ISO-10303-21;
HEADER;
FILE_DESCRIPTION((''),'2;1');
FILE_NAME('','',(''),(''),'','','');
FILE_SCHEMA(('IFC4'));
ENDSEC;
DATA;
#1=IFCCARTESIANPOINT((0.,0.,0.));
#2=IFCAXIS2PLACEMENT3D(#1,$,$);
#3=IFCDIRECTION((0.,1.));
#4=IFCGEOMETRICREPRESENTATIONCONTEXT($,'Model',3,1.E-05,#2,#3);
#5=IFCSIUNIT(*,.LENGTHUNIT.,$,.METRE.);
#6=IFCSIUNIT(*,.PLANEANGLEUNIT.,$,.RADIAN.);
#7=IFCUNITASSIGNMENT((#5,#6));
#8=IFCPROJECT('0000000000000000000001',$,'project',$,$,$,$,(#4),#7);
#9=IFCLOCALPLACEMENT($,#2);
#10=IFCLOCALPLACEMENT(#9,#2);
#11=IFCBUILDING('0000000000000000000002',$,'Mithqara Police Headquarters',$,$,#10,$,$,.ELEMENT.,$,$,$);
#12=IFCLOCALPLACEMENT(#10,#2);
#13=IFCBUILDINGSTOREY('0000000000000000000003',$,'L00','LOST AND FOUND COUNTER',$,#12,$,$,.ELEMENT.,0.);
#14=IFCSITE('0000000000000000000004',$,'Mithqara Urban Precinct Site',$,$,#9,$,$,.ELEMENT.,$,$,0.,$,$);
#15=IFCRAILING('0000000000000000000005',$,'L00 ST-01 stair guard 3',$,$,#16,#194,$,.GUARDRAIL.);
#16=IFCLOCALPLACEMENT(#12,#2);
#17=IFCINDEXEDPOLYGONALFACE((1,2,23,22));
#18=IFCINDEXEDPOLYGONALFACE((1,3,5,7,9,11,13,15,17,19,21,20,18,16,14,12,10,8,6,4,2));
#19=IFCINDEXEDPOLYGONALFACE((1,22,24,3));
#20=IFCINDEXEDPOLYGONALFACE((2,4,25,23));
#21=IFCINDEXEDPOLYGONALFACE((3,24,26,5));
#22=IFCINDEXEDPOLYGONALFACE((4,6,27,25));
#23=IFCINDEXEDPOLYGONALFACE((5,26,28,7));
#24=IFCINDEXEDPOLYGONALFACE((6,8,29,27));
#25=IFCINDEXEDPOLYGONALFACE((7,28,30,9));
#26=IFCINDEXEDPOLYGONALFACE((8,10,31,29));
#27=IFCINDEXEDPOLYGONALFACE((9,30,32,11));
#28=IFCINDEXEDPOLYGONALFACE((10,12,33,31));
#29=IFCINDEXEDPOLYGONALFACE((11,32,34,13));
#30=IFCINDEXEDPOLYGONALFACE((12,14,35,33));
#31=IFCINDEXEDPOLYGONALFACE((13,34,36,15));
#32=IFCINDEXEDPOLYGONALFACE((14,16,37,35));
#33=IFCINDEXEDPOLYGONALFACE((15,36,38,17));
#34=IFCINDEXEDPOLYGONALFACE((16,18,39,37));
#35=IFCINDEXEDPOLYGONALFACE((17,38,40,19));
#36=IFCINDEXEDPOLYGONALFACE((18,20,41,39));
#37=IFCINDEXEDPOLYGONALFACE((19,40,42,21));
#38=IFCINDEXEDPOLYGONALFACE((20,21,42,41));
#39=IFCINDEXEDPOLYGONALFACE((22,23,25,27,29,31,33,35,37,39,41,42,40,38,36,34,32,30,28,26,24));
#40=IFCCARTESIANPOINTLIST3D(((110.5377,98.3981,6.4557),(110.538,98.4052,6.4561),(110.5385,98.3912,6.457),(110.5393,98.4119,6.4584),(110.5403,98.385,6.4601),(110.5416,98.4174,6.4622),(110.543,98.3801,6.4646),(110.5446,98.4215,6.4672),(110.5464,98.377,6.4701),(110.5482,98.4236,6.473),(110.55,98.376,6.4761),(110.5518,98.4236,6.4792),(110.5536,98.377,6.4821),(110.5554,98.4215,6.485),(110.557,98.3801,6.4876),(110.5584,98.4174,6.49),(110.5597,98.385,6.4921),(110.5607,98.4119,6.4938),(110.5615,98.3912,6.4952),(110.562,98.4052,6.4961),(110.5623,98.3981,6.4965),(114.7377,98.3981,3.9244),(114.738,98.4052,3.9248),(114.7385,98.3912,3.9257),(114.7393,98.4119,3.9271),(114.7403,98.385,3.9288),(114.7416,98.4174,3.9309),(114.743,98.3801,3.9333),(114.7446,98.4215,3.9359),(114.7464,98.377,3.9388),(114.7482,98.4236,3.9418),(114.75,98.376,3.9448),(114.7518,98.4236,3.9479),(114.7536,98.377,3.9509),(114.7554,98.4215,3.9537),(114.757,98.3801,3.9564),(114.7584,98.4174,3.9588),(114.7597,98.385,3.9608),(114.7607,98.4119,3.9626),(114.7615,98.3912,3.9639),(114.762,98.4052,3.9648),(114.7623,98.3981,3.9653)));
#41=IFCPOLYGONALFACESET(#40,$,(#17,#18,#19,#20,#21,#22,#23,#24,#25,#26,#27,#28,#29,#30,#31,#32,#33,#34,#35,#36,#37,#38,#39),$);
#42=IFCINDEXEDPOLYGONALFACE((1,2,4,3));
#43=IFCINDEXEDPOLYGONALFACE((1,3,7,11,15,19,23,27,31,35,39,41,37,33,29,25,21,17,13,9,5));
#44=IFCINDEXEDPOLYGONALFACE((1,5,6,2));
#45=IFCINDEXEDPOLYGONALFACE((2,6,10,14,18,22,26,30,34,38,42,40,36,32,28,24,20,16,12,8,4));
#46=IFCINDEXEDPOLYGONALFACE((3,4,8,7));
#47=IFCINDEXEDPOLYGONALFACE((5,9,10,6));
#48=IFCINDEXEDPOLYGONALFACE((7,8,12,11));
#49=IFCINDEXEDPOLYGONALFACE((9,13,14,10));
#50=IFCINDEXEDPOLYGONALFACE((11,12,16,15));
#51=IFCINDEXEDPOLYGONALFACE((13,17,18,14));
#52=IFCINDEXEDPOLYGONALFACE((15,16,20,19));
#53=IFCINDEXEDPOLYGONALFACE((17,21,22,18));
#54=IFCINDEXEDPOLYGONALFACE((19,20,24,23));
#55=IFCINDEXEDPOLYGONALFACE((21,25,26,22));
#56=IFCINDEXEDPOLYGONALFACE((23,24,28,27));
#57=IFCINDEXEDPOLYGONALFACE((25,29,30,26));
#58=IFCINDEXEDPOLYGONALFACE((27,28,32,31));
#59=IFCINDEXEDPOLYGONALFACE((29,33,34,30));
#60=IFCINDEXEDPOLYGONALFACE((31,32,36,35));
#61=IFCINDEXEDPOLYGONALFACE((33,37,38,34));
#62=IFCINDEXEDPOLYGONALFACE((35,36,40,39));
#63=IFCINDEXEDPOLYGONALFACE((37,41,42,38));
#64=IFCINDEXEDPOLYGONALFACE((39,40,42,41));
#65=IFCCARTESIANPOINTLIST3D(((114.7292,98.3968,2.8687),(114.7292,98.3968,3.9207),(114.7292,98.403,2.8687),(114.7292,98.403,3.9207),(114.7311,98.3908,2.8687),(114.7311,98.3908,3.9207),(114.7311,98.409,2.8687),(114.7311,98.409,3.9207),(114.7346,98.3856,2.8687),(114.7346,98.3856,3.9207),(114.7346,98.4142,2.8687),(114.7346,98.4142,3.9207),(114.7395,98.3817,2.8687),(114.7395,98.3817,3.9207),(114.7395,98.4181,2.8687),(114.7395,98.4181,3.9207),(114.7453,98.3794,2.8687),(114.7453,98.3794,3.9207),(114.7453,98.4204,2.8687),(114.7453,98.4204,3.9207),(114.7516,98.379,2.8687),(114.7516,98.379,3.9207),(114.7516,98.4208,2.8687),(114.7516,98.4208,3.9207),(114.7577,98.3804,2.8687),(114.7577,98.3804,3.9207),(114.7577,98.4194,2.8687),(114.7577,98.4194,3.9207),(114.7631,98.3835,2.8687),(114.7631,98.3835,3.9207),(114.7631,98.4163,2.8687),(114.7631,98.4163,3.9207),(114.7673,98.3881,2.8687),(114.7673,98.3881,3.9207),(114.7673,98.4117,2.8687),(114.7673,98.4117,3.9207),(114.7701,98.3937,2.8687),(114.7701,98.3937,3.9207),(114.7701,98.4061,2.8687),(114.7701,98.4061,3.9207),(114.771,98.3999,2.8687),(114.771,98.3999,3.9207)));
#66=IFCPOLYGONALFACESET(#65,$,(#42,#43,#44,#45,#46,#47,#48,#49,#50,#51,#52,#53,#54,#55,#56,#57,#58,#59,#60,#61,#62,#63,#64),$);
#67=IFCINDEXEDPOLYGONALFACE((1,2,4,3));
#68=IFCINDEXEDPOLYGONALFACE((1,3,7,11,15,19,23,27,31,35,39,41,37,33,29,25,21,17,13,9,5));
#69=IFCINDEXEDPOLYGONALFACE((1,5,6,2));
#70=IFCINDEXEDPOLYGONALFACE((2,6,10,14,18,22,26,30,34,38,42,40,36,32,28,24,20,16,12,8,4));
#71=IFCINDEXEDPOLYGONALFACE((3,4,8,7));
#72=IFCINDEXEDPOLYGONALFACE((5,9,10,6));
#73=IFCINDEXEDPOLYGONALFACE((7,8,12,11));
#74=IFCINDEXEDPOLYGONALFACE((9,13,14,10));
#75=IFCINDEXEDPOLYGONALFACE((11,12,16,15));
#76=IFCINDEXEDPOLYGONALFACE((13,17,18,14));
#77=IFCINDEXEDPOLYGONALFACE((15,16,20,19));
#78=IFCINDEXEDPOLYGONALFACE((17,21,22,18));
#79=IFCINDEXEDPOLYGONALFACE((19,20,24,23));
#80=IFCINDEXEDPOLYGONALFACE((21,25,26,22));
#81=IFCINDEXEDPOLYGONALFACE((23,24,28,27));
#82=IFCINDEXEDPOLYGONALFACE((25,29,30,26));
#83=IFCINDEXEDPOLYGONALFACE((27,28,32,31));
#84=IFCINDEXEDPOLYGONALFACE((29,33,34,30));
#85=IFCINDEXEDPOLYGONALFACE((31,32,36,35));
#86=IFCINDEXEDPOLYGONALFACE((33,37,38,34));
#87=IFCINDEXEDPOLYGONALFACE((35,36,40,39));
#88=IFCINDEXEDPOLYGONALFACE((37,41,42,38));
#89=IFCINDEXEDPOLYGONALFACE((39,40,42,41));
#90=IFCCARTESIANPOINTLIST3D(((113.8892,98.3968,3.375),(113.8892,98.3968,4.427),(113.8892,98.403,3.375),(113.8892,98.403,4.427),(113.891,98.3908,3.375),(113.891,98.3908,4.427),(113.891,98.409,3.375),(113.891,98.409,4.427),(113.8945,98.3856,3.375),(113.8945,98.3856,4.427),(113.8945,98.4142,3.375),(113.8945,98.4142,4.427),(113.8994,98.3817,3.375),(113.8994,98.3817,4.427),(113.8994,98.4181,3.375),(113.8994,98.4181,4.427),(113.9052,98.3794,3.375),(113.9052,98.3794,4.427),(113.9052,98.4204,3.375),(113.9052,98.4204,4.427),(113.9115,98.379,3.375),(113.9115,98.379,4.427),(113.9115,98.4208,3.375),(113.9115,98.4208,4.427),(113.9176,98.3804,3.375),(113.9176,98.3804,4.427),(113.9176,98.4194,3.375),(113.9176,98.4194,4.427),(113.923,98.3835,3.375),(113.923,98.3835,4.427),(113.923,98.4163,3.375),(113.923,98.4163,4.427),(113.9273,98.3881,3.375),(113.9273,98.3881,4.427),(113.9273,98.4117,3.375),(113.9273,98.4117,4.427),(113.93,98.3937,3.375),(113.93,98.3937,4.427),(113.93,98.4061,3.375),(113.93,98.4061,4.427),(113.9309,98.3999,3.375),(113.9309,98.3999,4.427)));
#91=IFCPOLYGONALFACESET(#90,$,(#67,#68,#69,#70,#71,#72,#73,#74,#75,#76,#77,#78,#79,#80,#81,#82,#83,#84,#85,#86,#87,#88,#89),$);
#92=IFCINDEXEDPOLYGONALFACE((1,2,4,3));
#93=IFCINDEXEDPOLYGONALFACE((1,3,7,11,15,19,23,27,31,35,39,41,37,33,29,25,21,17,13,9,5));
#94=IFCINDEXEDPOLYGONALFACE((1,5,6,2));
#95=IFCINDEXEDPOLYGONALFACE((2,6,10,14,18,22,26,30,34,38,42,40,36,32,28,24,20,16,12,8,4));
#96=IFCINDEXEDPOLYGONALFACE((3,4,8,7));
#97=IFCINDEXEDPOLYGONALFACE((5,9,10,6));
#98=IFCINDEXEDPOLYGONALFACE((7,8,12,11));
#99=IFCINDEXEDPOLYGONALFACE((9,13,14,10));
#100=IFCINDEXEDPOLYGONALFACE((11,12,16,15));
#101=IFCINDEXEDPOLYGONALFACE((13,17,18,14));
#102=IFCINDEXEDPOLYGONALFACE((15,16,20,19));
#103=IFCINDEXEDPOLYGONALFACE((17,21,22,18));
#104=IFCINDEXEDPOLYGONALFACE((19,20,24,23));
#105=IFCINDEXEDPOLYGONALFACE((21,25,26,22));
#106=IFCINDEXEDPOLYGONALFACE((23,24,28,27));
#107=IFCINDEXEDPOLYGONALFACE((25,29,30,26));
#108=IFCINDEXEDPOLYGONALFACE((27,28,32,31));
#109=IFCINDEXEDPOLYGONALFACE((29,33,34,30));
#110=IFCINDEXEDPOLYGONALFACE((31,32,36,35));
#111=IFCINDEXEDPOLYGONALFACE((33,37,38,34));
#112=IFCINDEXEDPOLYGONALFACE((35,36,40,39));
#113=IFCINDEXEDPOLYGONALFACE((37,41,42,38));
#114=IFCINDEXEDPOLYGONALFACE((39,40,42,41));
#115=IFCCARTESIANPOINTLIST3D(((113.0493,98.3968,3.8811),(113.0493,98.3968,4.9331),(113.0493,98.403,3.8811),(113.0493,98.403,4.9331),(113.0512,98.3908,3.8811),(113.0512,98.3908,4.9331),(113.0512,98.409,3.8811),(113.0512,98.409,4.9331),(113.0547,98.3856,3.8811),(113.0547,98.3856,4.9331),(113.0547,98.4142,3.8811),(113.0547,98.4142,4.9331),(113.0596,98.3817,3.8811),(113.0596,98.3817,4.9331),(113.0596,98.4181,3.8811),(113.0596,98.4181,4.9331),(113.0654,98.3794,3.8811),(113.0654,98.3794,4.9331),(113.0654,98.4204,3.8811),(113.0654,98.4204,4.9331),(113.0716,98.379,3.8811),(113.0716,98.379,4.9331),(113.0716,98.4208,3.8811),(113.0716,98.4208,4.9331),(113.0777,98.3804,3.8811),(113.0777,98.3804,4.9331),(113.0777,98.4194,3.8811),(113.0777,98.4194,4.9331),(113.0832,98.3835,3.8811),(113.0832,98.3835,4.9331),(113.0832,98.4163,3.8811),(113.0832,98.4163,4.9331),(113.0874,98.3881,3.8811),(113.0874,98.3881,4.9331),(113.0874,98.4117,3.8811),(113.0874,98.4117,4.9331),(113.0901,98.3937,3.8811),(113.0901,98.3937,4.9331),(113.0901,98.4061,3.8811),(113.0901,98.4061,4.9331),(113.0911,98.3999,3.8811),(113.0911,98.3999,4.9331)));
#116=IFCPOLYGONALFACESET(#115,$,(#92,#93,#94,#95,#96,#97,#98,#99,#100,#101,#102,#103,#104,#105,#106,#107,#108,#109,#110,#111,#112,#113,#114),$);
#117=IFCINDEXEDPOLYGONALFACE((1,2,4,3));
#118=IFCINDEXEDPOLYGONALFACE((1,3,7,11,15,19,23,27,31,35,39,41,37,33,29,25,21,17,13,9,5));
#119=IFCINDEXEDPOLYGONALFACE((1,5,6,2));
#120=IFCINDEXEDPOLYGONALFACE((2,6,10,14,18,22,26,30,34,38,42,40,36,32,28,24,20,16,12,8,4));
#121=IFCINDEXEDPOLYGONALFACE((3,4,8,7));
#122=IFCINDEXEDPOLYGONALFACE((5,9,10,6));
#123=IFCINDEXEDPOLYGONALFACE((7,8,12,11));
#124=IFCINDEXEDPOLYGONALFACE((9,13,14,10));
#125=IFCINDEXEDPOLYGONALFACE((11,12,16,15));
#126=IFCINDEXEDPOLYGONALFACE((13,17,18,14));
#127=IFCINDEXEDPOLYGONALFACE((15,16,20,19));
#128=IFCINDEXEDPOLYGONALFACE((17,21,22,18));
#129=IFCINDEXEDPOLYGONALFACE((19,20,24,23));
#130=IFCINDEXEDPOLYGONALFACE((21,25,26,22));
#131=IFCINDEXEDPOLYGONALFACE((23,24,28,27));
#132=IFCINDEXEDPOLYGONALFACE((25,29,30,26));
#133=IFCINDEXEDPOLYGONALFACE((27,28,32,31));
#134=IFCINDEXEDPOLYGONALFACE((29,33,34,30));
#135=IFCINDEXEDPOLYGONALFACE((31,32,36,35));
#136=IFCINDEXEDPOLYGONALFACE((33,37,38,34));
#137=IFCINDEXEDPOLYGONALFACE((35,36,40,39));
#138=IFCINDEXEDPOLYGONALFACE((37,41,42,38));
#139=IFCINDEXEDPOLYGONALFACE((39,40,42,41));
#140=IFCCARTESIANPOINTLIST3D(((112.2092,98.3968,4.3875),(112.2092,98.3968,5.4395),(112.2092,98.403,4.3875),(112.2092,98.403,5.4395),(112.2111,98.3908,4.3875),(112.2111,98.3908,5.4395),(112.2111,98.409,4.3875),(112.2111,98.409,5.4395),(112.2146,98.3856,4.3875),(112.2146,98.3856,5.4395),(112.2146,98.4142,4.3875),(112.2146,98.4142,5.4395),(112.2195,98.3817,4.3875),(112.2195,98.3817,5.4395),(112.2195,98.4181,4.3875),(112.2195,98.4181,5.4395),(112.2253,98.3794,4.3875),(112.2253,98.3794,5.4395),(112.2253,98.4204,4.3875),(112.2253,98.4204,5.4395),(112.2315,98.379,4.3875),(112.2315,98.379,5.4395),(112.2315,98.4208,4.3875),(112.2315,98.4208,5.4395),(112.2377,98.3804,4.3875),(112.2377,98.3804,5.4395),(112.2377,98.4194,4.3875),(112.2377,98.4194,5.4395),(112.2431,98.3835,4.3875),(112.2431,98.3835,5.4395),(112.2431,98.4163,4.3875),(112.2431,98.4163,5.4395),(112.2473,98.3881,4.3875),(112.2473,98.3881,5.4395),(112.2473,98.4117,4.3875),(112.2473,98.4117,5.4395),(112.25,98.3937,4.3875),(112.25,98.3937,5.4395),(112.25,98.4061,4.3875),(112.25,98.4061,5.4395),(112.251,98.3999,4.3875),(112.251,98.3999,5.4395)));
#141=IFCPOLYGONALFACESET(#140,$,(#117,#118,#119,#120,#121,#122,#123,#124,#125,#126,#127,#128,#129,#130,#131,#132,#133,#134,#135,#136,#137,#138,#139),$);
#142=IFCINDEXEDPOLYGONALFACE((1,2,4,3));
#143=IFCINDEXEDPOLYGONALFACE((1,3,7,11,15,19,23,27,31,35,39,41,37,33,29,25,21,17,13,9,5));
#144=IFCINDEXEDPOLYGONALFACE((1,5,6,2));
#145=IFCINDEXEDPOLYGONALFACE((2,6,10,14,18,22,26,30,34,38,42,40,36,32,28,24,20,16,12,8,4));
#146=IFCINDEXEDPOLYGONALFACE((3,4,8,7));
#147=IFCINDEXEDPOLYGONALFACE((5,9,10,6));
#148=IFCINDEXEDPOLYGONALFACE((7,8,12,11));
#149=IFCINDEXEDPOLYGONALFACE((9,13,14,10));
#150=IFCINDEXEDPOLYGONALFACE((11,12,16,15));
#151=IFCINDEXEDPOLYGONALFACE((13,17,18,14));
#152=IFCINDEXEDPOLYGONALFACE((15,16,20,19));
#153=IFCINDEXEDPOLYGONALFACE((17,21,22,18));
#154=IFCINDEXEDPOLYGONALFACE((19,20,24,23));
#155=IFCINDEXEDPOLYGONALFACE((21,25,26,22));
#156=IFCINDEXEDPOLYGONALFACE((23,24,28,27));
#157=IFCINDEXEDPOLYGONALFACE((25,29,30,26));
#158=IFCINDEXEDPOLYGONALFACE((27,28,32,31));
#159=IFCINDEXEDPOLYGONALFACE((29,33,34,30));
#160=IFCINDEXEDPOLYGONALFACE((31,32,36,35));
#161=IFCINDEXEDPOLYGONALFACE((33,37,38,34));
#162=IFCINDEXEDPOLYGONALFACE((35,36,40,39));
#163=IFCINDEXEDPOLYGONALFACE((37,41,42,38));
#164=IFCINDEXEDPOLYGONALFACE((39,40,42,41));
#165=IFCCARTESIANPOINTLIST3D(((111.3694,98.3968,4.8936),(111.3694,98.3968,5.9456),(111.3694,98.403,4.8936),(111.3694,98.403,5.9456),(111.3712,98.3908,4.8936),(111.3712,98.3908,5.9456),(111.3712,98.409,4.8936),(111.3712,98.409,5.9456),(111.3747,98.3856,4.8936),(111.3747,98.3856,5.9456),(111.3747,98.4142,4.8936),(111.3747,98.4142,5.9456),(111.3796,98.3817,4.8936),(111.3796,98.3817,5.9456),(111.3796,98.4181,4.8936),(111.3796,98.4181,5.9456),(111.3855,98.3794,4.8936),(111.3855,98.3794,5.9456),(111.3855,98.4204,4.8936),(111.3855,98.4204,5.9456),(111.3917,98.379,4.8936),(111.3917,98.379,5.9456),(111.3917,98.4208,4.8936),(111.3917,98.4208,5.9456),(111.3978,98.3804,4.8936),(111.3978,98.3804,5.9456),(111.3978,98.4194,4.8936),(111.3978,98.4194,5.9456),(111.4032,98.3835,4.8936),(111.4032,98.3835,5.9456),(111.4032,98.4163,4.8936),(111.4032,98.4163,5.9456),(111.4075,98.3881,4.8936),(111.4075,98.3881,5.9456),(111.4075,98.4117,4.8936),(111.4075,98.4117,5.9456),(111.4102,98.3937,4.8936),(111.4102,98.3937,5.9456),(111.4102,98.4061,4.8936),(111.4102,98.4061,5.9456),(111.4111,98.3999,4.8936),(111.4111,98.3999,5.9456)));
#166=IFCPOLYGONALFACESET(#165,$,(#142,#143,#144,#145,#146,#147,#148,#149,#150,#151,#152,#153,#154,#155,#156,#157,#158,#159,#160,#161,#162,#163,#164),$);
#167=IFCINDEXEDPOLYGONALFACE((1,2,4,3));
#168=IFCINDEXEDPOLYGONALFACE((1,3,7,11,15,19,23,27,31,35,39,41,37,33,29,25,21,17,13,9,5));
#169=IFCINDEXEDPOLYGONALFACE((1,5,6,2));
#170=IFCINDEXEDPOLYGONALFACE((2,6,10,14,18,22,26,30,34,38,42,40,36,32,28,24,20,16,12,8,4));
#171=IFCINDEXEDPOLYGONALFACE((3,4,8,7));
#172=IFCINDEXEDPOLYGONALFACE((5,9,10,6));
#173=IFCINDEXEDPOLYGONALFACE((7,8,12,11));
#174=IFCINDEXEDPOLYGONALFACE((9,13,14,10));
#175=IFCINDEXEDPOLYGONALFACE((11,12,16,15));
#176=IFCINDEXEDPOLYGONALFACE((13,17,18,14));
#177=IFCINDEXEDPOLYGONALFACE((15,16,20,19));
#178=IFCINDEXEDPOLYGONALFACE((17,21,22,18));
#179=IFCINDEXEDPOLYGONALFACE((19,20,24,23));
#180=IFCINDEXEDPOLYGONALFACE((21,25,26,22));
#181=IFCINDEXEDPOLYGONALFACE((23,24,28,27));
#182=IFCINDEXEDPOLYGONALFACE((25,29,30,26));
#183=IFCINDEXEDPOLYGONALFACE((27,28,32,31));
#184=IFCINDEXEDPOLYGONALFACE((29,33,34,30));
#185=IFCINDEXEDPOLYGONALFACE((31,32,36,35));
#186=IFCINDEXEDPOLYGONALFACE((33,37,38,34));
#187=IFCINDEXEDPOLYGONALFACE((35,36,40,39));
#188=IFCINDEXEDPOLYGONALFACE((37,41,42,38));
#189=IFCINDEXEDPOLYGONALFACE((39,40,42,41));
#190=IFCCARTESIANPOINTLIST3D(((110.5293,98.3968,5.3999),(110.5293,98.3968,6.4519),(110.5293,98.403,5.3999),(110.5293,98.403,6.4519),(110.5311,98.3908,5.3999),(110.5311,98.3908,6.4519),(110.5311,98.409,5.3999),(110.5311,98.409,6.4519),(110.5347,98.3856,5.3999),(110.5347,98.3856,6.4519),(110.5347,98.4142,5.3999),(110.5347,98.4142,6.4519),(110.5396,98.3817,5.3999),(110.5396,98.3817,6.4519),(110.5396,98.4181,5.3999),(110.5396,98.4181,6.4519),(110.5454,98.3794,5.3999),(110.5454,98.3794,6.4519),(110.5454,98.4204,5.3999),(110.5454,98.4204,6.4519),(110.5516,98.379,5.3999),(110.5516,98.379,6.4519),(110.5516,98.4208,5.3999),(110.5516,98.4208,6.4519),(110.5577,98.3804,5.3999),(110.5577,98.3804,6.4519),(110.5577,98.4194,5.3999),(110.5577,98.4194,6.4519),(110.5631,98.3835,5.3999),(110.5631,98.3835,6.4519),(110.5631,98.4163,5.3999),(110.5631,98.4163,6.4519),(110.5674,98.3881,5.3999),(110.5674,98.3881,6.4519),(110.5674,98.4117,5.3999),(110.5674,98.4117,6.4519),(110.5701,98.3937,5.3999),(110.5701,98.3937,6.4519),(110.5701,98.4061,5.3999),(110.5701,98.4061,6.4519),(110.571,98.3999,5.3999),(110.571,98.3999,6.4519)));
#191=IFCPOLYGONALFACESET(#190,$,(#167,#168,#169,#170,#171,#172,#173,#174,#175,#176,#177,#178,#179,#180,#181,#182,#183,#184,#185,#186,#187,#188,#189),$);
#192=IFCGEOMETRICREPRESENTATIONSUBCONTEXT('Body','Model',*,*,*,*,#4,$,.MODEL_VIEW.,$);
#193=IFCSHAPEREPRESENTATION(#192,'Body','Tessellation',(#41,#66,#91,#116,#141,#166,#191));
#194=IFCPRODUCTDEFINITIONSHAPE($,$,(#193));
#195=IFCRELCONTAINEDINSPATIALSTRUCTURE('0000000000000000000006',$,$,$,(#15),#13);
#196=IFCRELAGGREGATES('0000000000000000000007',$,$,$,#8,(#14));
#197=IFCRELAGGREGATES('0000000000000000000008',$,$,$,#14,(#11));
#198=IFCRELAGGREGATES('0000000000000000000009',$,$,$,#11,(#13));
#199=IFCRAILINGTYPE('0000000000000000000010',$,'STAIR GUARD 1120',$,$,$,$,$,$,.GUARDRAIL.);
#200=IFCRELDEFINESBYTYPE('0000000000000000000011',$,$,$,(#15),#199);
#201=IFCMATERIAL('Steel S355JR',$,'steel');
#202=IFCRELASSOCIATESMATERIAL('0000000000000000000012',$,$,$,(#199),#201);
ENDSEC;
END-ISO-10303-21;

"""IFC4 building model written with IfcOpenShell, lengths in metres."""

from ifc_helpers import new_model, si_unit, direction, frame, origin, origin_2d, place, context, subcontext, project, spatial, circle, extrude, material, type_object, element, save


model = new_model("IFC4")

# Units and contexts
model_context = context("Model", 3, precision=1e-05, world=origin(), true_north=direction((0.0, 1.0)))
body_context = subcontext(model_context, "Body", "Model", "MODEL_VIEW")
ifc_project = project(units=[si_unit("LENGTHUNIT", "METRE"), si_unit("PLANEANGLEUNIT", "RADIAN")], contexts=[model_context])

# Site, building, storey
site_placement = place(None, origin())
site = spatial("IfcSite", under=ifc_project, at=site_placement, Name="Mithqara Urban Precinct Site", CompositionType="ELEMENT", RefElevation=0.0)
building_placement = place(site_placement, origin())
building = spatial("IfcBuilding", under=site, at=building_placement, Name="Mithqara Police Headquarters", CompositionType="ELEMENT")
storey_placement = place(building_placement, origin())
storey = spatial("IfcBuildingStorey", under=building, at=storey_placement, Name="L00", Description="LOST AND FOUND COUNTER", CompositionType="ELEMENT", Elevation=0.0)

# Shared definitions
ifc_material_1 = material(Name="Steel S355JR", Category="steel")

# Railing
railing_type_1 = type_object("IfcRailingType", Name="STAIR GUARD 1120", PredefinedType="GUARDRAIL", material=ifc_material_1)
railing_1_placement = place(storey_placement, frame((114.75, 98.3999, 2.8687)))
element("IfcRailing", 1, at=railing_1_placement, inside=storey, type_object=railing_type_1, Name="L00 ST-01 stair guard 3", PredefinedType="GUARDRAIL", context=body_context, shape_type="SweptSolid", body=[
    extrude(circle(Radius=0.0239, at=origin_2d()), frame((0.0, 0.0, 1.0762), z_axis=(-0.856476, 0.0, 0.516186), x_axis=(0.0, -1.0, 0.0)), (0.0, 0.0, 1.0), 4.9038),
    extrude(circle(Radius=0.021, at=origin_2d()), origin(), (0.0, 0.0, 1.0), 1.052),
    extrude(circle(Radius=0.021, at=origin_2d()), frame((-0.8401, 0.0, 0.5063)), (0.0, 0.0, 1.0), 1.052),
    extrude(circle(Radius=0.021, at=origin_2d()), frame((-1.6799, 0.0, 1.0125)), (0.0, 0.0, 1.0), 1.052),
    extrude(circle(Radius=0.021, at=origin_2d()), frame((-2.52, 0.0, 1.5188)), (0.0, 0.0, 1.0), 1.052),
    extrude(circle(Radius=0.021, at=origin_2d()), frame((-3.3599, 0.0, 2.0249)), (0.0, 0.0, 1.0), 1.052),
    extrude(circle(Radius=0.021, at=origin_2d()), frame((-4.2, 0.0, 2.5312)), (0.0, 0.0, 1.0), 1.052),
])

save(model, "model.ifc")
